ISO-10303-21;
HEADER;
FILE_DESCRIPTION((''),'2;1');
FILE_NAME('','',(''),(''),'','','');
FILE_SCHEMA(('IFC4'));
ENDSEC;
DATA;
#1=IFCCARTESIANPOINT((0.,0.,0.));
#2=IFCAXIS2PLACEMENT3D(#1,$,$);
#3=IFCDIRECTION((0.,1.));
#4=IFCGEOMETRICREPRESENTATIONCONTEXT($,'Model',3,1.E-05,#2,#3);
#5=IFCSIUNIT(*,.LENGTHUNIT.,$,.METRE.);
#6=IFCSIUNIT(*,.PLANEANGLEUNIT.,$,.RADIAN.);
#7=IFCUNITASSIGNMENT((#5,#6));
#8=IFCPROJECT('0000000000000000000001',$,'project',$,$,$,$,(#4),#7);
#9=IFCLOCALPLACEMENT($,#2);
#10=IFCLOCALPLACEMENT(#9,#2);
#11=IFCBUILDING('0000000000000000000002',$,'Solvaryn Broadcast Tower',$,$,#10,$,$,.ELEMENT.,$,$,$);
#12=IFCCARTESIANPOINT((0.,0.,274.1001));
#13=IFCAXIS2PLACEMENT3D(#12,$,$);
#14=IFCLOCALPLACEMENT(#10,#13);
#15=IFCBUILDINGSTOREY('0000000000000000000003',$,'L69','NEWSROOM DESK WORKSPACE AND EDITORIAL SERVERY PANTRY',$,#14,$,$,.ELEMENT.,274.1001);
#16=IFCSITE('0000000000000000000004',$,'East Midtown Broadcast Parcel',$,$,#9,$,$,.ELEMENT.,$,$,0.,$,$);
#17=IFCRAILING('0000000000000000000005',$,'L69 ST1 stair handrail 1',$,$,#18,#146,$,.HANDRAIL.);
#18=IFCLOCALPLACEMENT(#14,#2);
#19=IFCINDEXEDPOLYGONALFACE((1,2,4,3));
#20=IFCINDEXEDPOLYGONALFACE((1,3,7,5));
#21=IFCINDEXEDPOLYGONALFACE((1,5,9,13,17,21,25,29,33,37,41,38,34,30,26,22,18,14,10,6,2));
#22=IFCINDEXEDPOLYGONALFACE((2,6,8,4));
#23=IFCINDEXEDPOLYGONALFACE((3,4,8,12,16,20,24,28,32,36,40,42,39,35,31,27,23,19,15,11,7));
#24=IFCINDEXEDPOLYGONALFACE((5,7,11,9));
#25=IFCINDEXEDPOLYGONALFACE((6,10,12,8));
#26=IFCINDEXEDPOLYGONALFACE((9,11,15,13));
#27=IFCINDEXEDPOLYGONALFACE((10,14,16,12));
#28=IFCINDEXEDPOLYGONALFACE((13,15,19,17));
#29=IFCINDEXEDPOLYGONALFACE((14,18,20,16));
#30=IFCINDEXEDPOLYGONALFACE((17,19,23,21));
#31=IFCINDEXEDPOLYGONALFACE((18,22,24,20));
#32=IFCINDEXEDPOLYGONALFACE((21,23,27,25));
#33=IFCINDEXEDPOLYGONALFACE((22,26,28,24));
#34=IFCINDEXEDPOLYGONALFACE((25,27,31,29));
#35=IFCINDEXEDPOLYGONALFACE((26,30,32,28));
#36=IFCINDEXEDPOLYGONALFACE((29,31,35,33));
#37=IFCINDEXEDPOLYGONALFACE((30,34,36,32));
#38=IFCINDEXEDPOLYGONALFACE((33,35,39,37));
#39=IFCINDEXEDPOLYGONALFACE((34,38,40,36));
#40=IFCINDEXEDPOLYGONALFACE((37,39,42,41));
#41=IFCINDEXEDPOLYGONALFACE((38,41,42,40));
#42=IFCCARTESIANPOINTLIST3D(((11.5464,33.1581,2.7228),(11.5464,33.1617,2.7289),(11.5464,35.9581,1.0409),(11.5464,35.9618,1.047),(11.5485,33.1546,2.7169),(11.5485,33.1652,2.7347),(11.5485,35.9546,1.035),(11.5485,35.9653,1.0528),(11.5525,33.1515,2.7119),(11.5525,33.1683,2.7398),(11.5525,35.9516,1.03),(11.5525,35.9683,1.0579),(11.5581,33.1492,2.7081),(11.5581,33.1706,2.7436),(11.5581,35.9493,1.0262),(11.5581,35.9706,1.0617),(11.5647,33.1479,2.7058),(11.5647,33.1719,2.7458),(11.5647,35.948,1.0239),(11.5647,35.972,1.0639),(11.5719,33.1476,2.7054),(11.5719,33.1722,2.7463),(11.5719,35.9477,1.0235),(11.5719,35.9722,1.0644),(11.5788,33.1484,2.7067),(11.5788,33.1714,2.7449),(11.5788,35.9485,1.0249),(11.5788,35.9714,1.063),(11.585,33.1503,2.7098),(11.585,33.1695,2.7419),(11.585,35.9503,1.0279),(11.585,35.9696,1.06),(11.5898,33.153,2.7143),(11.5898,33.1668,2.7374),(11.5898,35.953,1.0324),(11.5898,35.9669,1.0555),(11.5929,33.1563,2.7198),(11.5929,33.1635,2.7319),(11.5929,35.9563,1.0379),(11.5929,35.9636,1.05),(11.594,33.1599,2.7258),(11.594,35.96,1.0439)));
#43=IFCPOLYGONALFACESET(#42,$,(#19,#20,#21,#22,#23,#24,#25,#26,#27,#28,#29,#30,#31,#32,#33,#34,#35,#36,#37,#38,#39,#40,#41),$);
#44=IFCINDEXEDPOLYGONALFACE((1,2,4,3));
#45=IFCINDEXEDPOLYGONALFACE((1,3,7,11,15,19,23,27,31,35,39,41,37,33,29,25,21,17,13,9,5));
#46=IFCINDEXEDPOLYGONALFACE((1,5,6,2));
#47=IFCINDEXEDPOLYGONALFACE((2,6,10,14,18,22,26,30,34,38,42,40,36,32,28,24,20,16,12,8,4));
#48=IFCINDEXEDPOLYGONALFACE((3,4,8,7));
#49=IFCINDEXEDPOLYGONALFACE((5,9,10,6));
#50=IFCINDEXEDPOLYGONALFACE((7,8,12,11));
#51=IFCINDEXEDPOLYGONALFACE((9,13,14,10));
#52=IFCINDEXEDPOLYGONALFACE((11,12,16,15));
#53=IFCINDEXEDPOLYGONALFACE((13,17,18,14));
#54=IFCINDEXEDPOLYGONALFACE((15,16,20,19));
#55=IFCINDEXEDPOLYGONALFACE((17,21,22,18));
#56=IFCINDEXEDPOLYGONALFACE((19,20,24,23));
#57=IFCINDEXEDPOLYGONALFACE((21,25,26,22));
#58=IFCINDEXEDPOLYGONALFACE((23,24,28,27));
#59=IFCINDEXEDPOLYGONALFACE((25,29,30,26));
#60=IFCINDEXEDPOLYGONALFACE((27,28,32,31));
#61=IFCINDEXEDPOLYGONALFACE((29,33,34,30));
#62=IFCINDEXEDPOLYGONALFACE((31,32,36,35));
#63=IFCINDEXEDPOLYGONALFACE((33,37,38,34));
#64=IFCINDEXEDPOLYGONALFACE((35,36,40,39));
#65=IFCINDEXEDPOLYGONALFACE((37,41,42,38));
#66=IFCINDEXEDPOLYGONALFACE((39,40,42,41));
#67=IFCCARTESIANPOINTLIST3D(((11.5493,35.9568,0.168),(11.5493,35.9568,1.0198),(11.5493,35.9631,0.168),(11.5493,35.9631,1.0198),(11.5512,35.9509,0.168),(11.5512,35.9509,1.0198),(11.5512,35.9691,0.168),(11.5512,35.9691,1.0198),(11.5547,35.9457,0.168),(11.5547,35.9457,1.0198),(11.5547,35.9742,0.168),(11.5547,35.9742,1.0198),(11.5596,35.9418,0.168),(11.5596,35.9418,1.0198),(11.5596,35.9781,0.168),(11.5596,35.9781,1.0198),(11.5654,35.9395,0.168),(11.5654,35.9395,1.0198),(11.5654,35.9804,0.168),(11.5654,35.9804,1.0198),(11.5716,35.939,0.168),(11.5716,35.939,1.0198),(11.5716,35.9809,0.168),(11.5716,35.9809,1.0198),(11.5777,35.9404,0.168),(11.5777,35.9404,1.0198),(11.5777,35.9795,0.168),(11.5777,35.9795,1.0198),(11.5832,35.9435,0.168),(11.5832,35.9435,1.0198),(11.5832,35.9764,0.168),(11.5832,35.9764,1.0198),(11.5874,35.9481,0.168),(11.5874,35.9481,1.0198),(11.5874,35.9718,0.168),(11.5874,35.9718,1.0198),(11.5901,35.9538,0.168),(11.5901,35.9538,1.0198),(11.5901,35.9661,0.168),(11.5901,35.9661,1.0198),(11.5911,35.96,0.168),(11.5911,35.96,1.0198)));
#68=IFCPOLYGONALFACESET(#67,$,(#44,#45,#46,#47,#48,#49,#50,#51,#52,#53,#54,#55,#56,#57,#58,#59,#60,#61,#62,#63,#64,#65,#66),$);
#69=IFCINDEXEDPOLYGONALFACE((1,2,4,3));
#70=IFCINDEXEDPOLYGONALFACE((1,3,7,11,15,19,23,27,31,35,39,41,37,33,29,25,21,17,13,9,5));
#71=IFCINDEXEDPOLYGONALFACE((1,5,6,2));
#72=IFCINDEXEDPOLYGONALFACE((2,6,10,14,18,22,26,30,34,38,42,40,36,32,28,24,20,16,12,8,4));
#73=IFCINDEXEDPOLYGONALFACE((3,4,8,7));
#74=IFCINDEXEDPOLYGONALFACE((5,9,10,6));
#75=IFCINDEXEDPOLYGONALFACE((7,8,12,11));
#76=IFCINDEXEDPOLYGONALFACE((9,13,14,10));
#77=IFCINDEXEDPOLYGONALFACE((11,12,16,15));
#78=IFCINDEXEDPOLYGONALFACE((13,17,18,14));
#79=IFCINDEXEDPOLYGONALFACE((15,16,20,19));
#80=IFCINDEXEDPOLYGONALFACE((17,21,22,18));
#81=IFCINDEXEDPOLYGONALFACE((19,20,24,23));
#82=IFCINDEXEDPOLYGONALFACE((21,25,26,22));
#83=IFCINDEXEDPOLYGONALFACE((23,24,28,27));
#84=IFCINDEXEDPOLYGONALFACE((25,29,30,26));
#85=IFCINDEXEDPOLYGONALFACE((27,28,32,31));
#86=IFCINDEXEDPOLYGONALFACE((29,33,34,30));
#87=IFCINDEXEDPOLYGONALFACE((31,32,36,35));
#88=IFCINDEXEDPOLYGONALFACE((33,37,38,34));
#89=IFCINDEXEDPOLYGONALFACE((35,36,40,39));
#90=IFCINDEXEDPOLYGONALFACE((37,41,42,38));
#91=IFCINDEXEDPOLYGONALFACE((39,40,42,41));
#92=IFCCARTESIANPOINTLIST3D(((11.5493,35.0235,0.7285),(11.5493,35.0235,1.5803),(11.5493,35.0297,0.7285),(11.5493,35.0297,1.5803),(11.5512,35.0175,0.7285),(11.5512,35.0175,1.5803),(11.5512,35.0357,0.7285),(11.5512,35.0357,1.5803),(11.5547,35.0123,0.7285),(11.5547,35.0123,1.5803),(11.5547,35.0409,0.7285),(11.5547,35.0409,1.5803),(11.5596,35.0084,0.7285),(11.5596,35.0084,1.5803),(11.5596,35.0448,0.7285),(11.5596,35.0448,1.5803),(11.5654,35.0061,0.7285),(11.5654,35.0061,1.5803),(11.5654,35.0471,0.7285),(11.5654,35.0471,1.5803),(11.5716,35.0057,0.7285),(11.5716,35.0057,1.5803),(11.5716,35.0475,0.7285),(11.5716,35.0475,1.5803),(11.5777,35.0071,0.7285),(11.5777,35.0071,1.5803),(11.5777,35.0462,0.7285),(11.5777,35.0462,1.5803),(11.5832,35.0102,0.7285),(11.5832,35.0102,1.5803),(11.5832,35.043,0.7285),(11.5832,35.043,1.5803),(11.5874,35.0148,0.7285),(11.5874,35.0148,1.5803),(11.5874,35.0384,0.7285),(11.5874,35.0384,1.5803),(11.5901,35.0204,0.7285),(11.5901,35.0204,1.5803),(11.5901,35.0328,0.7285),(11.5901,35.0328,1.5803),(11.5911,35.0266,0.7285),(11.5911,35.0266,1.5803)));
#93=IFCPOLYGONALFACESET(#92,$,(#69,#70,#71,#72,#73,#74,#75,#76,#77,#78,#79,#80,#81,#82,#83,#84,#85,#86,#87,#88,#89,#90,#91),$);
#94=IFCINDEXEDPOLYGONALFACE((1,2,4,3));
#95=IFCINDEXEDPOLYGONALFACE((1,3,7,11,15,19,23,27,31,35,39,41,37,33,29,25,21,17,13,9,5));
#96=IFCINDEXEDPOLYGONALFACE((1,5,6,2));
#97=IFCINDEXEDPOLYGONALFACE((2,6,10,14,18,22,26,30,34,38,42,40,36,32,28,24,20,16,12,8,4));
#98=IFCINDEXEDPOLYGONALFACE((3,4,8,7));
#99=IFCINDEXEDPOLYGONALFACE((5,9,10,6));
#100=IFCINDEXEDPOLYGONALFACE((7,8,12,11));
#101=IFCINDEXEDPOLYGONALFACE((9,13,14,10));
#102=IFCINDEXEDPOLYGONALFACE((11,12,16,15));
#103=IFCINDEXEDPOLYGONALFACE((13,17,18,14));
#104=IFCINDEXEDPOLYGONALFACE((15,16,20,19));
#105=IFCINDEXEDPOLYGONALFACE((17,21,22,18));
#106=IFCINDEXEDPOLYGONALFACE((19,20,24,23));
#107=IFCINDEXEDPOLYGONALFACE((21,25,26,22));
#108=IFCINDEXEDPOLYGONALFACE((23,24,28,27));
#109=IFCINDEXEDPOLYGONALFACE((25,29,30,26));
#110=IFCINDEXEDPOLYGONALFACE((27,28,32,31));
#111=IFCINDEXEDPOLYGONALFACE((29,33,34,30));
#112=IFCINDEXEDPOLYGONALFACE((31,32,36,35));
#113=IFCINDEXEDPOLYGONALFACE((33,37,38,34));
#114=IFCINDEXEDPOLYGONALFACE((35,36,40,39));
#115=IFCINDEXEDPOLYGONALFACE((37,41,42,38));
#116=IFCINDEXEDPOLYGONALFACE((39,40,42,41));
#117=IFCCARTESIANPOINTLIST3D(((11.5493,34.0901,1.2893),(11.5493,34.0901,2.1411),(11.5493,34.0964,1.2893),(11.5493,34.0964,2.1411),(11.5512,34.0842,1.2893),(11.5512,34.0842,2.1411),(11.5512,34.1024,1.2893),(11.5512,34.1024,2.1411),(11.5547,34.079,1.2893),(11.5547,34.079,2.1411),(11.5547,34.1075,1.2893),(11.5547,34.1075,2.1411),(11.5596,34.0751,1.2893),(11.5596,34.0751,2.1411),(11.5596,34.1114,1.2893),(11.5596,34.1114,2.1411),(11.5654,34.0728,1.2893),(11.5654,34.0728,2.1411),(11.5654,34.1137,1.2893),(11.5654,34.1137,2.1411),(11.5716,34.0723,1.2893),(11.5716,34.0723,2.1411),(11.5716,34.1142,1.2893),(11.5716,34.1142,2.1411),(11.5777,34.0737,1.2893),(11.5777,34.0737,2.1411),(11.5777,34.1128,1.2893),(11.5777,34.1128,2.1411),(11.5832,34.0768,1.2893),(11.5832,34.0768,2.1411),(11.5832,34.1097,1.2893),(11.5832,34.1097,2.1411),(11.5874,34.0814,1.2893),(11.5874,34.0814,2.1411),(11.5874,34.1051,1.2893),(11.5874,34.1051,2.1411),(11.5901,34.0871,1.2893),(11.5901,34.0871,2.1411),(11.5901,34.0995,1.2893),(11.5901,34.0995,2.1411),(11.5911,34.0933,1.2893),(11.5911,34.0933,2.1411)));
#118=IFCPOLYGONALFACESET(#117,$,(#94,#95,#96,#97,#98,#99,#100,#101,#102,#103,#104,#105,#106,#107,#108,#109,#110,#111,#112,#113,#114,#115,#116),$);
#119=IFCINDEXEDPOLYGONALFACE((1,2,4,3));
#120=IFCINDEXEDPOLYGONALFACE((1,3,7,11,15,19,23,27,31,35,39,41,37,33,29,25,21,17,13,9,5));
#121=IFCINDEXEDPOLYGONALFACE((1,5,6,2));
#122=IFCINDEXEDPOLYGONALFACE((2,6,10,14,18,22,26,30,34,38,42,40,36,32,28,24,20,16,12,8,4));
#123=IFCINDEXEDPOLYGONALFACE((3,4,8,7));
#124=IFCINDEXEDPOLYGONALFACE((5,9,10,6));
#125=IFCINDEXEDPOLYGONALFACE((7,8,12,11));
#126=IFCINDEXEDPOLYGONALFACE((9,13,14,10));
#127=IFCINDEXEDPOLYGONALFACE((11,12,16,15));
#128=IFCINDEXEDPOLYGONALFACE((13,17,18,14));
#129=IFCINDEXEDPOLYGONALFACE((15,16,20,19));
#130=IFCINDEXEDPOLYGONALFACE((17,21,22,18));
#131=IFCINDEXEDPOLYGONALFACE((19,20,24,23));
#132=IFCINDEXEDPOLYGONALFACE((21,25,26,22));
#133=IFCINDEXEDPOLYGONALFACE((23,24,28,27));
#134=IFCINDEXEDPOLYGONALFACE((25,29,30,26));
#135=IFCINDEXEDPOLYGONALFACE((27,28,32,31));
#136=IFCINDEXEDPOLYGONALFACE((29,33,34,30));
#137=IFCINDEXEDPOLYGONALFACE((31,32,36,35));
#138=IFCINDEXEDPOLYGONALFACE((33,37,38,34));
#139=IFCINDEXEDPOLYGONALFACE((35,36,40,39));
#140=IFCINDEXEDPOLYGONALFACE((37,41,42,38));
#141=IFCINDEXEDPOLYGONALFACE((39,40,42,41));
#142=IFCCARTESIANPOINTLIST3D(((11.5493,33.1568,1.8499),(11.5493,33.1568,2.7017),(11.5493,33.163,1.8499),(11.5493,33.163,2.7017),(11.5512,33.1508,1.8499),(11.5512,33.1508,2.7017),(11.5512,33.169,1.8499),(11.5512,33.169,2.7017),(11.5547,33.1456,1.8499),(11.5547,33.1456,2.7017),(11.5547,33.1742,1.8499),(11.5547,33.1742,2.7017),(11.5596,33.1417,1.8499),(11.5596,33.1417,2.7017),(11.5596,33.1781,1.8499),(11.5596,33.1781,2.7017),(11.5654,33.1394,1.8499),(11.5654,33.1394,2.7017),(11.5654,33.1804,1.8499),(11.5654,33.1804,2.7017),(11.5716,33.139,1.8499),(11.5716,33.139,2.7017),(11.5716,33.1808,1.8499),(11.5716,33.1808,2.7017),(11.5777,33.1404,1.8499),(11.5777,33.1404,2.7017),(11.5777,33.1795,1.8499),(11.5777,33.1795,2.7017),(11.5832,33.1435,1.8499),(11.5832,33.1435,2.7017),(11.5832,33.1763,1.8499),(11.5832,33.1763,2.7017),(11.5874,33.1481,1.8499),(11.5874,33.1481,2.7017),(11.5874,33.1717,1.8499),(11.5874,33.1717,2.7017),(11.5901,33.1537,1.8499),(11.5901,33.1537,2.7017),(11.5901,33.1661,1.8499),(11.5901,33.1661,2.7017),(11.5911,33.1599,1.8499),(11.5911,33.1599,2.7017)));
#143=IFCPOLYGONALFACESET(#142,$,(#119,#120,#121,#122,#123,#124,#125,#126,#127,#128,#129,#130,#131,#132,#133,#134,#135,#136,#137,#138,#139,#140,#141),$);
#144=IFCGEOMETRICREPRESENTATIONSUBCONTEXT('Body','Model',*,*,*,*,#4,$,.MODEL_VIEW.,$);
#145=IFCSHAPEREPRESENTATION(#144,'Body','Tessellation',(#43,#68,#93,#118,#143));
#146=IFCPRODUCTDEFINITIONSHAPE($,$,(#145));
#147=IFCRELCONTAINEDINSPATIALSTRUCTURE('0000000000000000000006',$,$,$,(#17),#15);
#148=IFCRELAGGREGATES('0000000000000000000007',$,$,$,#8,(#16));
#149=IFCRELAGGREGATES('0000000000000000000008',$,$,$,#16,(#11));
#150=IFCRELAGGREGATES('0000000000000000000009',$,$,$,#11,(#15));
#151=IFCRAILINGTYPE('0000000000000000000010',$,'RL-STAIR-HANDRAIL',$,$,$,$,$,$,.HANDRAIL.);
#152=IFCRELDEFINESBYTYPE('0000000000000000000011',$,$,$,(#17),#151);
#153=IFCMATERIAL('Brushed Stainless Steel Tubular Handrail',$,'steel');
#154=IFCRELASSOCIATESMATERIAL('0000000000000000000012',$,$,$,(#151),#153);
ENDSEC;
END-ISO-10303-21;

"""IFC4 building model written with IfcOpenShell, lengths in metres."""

from ifc_helpers import new_model, si_unit, direction, frame, origin, origin_2d, place, context, subcontext, project, spatial, circle, extrude, material, type_object, element, save


model = new_model("IFC4")

# Units and contexts
model_context = context("Model", 3, precision=1e-05, world=origin(), true_north=direction((0.0, 1.0)))
body_context = subcontext(model_context, "Body", "Model", "MODEL_VIEW")
ifc_project = project(units=[si_unit("LENGTHUNIT", "METRE"), si_unit("PLANEANGLEUNIT", "RADIAN")], contexts=[model_context])

# Site, building, storey
site_placement = place(None, origin())
site = spatial("IfcSite", under=ifc_project, at=site_placement, Name="East Midtown Broadcast Parcel", CompositionType="ELEMENT", RefElevation=0.0)
building_placement = place(site_placement, origin())
building = spatial("IfcBuilding", under=site, at=building_placement, Name="Solvaryn Broadcast Tower", CompositionType="ELEMENT")
storey_placement = place(building_placement, frame((0.0, 0.0, 274.1001)))
storey = spatial("IfcBuildingStorey", under=building, at=storey_placement, Name="L69", Description="NEWSROOM DESK WORKSPACE AND EDITORIAL SERVERY PANTRY", CompositionType="ELEMENT", Elevation=274.1001)

# Railing
ifc_material_1 = material(Name="Brushed Stainless Steel Tubular Handrail", Category="steel")
railing_type_1 = type_object("IfcRailingType", Name="RL-STAIR-HANDRAIL", PredefinedType="HANDRAIL", material=ifc_material_1)
railing_1_placement = place(storey_placement, frame((11.5701, 35.96, 0.168)))
element("IfcRailing", 1, at=railing_1_placement, inside=storey, type_object=railing_type_1, Name="L69 ST1 stair handrail 1", PredefinedType="HANDRAIL", context=body_context, shape_type="SweptSolid", body=[
    extrude(circle(Radius=0.0239, at=origin_2d()), frame((0.0, 0.0, 0.876), z_axis=(0.0, -0.857242, 0.514913), x_axis=(1.0, 0.0, 0.0)), (0.0, 0.0, 1.0), 3.2664),
    extrude(circle(Radius=0.021, at=origin_2d()), origin(), (0.0, 0.0, 1.0), 0.8518),
    extrude(circle(Radius=0.021, at=origin_2d()), frame((0.0, -0.9333, 0.5605)), (0.0, 0.0, 1.0), 0.8518),
    extrude(circle(Radius=0.021, at=origin_2d()), frame((0.0, -1.8667, 1.1213)), (0.0, 0.0, 1.0), 0.8518),
    extrude(circle(Radius=0.021, at=origin_2d()), frame((0.0, -2.8, 1.6819)), (0.0, 0.0, 1.0), 0.8518),
])

save(model, "model.ifc")
